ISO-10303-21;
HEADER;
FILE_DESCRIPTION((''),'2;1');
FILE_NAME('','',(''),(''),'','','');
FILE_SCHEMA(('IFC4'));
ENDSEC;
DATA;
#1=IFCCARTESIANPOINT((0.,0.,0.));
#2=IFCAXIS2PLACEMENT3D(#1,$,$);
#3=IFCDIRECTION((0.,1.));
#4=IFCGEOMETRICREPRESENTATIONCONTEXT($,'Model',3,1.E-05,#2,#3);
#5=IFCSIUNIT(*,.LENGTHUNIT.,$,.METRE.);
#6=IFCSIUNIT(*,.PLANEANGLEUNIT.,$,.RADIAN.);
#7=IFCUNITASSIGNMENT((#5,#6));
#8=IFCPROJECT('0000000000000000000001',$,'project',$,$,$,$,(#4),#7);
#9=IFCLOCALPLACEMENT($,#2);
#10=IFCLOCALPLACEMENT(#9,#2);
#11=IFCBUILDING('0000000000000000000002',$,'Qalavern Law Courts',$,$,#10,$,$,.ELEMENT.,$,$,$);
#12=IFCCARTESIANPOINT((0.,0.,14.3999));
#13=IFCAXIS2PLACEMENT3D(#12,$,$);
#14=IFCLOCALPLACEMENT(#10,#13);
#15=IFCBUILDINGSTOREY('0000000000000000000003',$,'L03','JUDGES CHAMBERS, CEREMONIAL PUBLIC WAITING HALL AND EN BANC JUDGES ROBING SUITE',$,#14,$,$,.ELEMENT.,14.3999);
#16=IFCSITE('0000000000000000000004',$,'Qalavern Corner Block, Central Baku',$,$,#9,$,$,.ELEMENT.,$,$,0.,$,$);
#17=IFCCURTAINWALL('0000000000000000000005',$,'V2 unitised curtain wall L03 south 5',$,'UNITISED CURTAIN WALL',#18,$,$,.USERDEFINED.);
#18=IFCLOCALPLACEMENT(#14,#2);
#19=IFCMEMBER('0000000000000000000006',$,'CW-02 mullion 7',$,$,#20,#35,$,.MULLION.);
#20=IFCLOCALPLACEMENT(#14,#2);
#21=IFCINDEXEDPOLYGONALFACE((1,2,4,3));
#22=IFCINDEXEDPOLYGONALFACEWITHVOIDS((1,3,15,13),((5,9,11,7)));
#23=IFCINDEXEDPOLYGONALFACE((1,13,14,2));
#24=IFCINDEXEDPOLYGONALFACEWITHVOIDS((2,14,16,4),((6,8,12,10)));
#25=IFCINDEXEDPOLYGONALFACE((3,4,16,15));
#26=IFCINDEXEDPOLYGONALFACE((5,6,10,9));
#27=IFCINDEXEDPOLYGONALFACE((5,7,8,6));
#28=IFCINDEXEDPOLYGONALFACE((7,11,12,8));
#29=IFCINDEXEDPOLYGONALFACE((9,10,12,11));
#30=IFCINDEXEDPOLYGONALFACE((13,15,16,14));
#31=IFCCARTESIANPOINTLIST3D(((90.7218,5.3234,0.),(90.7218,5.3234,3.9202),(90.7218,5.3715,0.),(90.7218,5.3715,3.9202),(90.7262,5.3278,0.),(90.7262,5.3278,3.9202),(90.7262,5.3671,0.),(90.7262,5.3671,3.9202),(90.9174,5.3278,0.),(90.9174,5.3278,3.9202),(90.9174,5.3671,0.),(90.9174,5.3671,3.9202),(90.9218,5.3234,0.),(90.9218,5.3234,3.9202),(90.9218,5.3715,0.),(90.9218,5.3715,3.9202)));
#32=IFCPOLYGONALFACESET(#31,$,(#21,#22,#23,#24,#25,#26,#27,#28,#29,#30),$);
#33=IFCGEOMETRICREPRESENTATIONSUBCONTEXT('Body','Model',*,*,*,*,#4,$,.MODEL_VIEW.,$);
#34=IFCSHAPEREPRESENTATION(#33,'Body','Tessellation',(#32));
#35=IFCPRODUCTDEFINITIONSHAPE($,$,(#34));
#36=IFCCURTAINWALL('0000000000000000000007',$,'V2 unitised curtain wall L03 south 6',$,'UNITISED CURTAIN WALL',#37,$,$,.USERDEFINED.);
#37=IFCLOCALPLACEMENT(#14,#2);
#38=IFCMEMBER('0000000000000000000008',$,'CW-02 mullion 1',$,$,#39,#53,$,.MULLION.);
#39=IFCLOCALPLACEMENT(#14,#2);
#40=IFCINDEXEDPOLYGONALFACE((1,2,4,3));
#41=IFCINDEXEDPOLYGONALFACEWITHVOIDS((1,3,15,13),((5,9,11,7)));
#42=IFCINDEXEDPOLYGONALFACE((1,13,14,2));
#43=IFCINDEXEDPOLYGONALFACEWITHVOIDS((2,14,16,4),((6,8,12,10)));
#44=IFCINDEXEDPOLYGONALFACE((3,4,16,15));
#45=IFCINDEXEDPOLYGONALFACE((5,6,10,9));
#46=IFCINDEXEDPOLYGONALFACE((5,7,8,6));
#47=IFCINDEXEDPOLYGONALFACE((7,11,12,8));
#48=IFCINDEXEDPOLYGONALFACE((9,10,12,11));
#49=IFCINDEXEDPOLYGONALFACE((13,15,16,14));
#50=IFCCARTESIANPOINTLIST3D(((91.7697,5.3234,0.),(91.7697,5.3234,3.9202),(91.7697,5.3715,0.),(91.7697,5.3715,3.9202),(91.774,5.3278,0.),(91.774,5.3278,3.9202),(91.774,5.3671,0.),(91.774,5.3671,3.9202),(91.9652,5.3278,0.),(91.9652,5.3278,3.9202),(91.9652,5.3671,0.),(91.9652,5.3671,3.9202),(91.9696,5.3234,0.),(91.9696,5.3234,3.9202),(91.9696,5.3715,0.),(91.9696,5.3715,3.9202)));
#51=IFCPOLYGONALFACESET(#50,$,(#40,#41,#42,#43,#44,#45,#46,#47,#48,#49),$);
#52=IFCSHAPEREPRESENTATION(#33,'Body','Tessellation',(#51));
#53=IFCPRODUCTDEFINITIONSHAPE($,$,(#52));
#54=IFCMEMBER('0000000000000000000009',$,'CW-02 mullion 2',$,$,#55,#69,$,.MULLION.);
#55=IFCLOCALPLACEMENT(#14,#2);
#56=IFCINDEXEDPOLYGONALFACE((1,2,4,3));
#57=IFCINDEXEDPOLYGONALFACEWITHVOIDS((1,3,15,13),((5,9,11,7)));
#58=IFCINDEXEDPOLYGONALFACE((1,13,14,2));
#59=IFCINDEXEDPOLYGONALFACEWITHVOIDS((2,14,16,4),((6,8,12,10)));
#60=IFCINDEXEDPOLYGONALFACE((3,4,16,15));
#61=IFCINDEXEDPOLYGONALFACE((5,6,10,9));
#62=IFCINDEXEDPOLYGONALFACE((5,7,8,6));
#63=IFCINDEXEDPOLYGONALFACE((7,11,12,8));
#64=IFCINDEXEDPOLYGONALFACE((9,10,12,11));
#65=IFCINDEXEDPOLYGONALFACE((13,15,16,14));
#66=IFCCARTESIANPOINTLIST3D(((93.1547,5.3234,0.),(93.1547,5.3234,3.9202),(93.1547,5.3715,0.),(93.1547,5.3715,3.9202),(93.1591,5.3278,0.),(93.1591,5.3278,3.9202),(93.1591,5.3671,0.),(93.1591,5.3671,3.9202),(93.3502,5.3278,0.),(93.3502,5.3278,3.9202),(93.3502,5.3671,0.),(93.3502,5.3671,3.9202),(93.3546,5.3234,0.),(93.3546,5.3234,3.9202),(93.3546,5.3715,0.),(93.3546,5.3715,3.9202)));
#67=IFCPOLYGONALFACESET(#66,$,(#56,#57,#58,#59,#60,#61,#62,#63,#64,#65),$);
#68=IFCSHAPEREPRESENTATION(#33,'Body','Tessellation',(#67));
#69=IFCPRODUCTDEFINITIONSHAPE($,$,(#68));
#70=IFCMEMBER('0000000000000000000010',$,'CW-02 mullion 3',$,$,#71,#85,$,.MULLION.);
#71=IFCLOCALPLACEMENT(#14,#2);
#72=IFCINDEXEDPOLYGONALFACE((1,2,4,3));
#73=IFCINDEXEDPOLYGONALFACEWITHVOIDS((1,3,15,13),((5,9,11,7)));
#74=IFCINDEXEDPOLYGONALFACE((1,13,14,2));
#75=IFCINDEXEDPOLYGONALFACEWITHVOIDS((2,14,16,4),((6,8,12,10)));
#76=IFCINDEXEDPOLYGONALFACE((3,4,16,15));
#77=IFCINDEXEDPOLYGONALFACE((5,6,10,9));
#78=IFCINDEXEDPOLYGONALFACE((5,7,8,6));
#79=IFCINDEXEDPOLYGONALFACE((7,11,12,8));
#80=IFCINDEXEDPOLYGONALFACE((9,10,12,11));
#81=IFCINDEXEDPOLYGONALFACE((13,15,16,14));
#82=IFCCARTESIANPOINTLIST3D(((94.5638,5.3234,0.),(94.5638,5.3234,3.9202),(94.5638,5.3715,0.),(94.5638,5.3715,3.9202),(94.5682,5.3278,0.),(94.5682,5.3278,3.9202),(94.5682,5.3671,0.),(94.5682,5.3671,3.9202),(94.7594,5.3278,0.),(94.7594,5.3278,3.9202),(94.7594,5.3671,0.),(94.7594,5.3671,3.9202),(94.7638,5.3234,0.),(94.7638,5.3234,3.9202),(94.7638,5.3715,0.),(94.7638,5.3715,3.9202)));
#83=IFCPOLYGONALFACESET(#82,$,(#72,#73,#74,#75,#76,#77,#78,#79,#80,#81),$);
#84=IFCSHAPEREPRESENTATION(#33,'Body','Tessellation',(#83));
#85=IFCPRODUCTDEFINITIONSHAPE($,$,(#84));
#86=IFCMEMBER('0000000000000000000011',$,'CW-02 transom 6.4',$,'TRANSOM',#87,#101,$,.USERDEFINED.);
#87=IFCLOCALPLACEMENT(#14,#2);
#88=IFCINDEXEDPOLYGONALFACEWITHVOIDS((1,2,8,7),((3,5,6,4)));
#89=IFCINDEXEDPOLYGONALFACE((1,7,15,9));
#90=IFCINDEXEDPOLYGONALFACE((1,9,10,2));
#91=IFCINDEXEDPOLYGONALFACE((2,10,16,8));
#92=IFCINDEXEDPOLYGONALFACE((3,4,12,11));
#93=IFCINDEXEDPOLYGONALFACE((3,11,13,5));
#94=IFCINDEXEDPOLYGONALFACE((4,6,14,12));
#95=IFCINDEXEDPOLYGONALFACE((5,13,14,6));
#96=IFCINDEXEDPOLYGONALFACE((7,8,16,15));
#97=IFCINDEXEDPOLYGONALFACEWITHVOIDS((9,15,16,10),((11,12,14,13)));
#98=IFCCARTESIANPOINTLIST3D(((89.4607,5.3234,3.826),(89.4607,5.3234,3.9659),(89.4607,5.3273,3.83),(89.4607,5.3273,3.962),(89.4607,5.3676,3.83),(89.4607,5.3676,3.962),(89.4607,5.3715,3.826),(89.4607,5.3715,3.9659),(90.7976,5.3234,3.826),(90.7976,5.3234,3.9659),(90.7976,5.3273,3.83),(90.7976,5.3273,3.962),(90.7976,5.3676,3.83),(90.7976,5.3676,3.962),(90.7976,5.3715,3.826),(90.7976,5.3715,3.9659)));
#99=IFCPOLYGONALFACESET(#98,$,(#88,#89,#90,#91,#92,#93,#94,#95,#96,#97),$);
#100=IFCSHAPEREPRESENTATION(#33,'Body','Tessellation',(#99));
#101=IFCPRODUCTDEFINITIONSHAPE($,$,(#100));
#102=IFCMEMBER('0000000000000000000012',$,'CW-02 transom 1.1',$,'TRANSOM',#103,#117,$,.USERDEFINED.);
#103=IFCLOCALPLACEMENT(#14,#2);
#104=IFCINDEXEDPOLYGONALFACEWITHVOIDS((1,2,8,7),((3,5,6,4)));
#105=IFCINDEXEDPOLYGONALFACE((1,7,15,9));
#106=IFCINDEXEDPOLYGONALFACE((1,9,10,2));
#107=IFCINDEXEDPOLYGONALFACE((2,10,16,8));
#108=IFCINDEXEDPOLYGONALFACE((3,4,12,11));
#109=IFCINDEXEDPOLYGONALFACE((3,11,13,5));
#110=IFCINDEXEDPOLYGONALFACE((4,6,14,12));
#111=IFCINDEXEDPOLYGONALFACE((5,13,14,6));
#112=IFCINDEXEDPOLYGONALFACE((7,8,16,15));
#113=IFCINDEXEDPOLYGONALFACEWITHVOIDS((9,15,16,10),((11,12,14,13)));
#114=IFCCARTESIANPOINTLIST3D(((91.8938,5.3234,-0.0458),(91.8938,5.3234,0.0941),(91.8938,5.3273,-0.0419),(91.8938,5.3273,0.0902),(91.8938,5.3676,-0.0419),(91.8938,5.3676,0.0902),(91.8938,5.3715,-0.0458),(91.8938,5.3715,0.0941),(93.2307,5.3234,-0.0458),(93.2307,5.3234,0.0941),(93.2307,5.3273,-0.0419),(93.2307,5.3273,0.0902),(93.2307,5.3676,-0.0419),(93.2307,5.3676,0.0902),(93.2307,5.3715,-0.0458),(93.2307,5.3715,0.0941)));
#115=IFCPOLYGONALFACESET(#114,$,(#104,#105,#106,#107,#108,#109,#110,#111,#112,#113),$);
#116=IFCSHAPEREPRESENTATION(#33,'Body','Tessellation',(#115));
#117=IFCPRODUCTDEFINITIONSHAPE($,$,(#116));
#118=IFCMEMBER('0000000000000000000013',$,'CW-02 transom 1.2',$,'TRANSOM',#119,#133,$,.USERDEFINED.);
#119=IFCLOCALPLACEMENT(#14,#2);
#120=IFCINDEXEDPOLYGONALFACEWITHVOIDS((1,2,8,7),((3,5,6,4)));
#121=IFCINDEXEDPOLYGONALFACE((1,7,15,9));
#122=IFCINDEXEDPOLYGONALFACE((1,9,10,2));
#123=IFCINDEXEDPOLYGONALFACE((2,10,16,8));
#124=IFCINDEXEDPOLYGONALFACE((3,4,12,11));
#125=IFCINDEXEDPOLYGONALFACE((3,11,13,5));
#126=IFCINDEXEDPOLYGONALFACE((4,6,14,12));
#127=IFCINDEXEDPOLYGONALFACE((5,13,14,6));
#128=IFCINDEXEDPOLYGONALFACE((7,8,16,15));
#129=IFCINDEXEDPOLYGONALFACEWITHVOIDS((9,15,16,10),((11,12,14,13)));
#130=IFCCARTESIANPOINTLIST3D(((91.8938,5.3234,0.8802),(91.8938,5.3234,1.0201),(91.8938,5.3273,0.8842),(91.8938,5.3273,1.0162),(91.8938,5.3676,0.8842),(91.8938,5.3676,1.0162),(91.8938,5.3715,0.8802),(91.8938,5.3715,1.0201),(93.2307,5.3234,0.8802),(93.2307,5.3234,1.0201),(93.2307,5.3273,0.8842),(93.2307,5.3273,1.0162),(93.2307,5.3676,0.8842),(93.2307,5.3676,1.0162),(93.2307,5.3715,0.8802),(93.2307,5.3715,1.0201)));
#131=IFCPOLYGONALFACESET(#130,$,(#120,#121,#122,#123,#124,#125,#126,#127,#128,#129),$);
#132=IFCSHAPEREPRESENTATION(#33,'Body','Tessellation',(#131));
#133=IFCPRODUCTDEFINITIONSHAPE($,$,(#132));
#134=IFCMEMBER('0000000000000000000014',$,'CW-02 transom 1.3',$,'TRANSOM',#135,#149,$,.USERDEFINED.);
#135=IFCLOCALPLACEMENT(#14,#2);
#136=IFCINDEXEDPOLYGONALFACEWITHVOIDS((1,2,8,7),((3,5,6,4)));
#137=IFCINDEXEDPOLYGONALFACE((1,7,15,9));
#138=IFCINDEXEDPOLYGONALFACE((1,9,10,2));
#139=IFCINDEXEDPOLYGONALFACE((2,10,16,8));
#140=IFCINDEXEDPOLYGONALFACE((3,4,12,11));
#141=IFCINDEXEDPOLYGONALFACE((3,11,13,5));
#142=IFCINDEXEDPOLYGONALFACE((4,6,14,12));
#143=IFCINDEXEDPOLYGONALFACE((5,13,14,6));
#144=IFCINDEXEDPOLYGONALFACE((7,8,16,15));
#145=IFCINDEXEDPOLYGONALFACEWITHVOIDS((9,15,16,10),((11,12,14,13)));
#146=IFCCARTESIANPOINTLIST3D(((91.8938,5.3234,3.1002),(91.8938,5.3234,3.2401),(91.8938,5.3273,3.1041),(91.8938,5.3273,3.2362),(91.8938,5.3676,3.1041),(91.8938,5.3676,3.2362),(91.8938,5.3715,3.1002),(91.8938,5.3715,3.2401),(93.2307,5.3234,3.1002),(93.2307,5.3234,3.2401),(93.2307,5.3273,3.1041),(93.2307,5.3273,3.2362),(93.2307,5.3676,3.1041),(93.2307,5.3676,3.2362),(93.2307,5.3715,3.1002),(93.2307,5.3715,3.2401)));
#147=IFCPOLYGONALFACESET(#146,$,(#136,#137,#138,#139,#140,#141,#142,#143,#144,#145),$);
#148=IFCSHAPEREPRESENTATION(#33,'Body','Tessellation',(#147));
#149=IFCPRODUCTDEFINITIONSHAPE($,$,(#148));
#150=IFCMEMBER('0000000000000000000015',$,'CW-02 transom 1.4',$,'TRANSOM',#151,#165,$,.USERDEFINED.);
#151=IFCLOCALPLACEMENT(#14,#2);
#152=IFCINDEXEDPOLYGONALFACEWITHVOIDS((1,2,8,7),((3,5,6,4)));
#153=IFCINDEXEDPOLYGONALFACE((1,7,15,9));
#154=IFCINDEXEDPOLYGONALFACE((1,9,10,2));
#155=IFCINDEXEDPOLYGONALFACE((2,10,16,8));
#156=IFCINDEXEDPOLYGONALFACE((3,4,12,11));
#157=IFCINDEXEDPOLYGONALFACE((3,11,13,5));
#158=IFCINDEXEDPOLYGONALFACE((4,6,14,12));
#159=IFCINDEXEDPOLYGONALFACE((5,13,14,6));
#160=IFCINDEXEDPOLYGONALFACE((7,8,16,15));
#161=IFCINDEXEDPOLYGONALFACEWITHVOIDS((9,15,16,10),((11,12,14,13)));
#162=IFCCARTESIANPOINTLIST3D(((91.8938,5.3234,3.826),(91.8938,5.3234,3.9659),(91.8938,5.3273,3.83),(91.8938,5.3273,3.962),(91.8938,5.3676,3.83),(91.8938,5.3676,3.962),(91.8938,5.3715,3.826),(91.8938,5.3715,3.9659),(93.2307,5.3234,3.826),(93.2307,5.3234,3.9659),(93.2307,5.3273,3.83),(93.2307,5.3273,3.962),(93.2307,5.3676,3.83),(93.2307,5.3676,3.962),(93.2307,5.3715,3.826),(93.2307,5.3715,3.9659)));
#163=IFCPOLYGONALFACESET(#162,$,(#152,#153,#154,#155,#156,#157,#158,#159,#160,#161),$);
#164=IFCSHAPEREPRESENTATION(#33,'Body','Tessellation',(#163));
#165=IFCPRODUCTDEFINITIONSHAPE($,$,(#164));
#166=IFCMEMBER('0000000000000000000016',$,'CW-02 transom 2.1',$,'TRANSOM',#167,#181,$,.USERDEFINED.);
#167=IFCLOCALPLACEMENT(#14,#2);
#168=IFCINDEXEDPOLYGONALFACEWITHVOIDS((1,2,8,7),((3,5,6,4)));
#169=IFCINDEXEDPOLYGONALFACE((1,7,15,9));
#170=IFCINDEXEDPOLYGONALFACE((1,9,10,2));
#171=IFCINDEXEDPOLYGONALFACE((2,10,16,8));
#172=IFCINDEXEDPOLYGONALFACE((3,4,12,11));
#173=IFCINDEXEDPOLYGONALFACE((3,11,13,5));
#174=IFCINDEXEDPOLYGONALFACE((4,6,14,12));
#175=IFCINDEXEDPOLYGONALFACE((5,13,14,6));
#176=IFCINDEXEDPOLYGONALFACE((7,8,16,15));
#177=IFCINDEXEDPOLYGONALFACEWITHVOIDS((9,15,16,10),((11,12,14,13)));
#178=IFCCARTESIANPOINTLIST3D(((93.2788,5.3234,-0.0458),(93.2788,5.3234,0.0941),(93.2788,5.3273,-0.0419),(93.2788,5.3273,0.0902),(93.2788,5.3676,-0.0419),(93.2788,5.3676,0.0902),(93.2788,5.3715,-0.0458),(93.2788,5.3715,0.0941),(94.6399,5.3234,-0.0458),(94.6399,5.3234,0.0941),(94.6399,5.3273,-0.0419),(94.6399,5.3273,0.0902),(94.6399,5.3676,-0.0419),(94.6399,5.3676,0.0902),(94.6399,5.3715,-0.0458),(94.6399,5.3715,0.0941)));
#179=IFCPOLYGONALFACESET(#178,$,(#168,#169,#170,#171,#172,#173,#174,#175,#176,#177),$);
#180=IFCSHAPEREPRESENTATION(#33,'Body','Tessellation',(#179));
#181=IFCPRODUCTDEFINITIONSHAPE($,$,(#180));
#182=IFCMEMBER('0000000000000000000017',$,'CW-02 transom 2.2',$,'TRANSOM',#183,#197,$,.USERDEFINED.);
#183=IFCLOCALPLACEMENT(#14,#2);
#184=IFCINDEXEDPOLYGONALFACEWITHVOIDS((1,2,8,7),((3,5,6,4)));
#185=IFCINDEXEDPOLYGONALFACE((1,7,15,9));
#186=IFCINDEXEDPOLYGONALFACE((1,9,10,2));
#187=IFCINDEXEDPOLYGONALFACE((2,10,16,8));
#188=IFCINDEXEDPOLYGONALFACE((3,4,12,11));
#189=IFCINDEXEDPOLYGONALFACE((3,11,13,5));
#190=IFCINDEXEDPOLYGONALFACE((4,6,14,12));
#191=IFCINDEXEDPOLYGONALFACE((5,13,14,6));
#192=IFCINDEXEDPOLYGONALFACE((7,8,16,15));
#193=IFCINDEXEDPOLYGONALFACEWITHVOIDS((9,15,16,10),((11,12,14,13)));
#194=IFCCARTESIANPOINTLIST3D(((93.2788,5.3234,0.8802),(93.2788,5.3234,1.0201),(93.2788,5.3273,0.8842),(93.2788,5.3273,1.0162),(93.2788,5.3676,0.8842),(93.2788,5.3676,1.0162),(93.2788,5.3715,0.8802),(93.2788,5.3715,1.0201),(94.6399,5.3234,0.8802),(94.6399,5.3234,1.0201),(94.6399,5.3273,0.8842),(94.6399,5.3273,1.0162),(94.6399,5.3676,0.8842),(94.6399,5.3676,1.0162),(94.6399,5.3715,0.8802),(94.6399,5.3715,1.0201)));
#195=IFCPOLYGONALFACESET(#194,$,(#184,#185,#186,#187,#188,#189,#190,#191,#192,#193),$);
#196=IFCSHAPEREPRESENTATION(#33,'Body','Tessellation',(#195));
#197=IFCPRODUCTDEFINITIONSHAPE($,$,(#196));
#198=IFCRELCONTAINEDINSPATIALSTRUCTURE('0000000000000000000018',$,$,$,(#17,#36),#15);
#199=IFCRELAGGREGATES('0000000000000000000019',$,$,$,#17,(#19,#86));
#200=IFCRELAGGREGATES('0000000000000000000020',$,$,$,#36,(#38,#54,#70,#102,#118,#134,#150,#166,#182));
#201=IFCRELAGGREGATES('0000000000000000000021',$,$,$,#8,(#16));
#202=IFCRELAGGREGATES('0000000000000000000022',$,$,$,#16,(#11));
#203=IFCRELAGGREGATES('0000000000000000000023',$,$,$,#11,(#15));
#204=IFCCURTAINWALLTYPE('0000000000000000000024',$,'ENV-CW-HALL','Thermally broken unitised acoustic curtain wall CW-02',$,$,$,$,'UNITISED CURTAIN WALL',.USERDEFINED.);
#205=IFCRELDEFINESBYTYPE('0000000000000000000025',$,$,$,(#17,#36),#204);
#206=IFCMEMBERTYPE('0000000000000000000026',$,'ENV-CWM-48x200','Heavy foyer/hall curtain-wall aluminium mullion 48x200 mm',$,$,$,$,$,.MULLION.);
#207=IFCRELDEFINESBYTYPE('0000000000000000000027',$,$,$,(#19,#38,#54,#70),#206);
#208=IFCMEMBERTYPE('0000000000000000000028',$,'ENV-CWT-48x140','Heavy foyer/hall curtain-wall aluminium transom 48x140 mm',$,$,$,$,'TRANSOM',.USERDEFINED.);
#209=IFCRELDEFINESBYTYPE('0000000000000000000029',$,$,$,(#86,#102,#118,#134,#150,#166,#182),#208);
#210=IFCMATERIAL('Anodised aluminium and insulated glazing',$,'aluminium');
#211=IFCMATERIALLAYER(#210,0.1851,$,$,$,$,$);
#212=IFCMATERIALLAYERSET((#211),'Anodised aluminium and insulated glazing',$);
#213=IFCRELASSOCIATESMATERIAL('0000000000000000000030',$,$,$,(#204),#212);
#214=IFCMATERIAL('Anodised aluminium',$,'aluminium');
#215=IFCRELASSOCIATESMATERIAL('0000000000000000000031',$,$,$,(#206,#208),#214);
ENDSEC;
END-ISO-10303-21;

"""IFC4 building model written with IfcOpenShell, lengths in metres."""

from ifc_helpers import new_model, si_unit, direction, frame, origin, origin_2d, place, context, subcontext, project, spatial, hollow_rectangle, extrude, material, layer, layer_set, material_profile, profile_set, type_object, element, aggregate, save


model = new_model("IFC4")

# Units and contexts
model_context = context("Model", 3, precision=1e-05, world=origin(), true_north=direction((0.0, 1.0)))
body_context = subcontext(model_context, "Body", "Model", "MODEL_VIEW")
ifc_project = project(units=[si_unit("LENGTHUNIT", "METRE"), si_unit("PLANEANGLEUNIT", "RADIAN")], contexts=[model_context])

# Site, building, storey
site_placement = place(None, origin())
site = spatial("IfcSite", under=ifc_project, at=site_placement, Name="Qalavern Corner Block, Central Baku", CompositionType="ELEMENT", RefElevation=0.0)
building_placement = place(site_placement, origin())
building = spatial("IfcBuilding", under=site, at=building_placement, Name="Qalavern Law Courts", CompositionType="ELEMENT")
storey_placement = place(building_placement, frame((0.0, 0.0, 14.3999)))
storey = spatial("IfcBuildingStorey", under=building, at=storey_placement, Name="L03", Description="JUDGES CHAMBERS, CEREMONIAL PUBLIC WAITING HALL AND EN BANC JUDGES ROBING SUITE", CompositionType="ELEMENT", Elevation=14.3999)

# Curtain wall, member
ifc_material_1 = material(Name="Anodised aluminium and insulated glazing", Category="aluminium")
ifc_layer_1 = layer(ifc_material_1, 0.1851)
ifc_layer_set_1 = layer_set([ifc_layer_1], Name="Anodised aluminium and insulated glazing")
curtain_wall_type = type_object("IfcCurtainWallType", Name="ENV-CW-HALL", Description="Thermally broken unitised acoustic curtain wall CW-02", ElementType="UNITISED CURTAIN WALL", PredefinedType="USERDEFINED", material=ifc_layer_set_1)
curtain_wall_1_placement = place(storey_placement, origin())
curtain_wall_1 = element("IfcCurtainWall", 1, at=curtain_wall_1_placement, inside=storey, type_object=curtain_wall_type, Name="V2 unitised curtain wall L03 south 5", ObjectType="UNITISED CURTAIN WALL", PredefinedType="USERDEFINED")
ifc_material_2 = material(Name="Anodised aluminium", Category="aluminium")
ifc_material_profile_1 = material_profile(ifc_material_2, hollow_rectangle(XDim=0.0481, YDim=0.2, WallThickness=0.0044, at=origin_2d()), Name="ALU MULLION 48x200")
ifc_profile_set_1 = profile_set([ifc_material_profile_1], Name="Anodised aluminium")
member_type_1 = type_object("IfcMemberType", Name="ENV-CWM-48x200", Description="Heavy foyer/hall curtain-wall aluminium mullion 48x200 mm", PredefinedType="MULLION", material=ifc_profile_set_1)
member_1_placement = place(storey_placement, frame((90.8218, 5.3474, 0.0), z_axis=(0.0, 0.0, 1.0), x_axis=(0.0, 1.0, 0.0)))
member_1 = element("IfcMember", 2, at=member_1_placement, type_object=member_type_1, Name="CW-02 mullion 7", PredefinedType="MULLION", context=body_context, shape_type="SweptSolid", body=[
    extrude(hollow_rectangle(XDim=0.0481, YDim=0.2, WallThickness=0.0044, at=origin_2d()), origin(), (0.0, 0.0, 1.0), 3.9202),
])

# Curtain wall, members
curtain_wall_2_placement = place(storey_placement, origin())
curtain_wall_2 = element("IfcCurtainWall", 3, at=curtain_wall_2_placement, inside=storey, type_object=curtain_wall_type, Name="V2 unitised curtain wall L03 south 6", ObjectType="UNITISED CURTAIN WALL", PredefinedType="USERDEFINED")
member_2_placement = place(storey_placement, frame((91.8696, 5.3474, 0.0), z_axis=(0.0, 0.0, 1.0), x_axis=(0.0, 1.0, 0.0)))
member_2 = element("IfcMember", 4, at=member_2_placement, type_object=member_type_1, Name="CW-02 mullion 1", PredefinedType="MULLION", context=body_context, shape_type="SweptSolid", body=[
    extrude(hollow_rectangle(XDim=0.0481, YDim=0.2, WallThickness=0.0044, at=origin_2d()), origin(), (0.0, 0.0, 1.0), 3.9202),
])
member_3_placement = place(storey_placement, frame((93.2546, 5.3474, 0.0), z_axis=(0.0, 0.0, 1.0), x_axis=(0.0, 1.0, 0.0)))
member_3 = element("IfcMember", 5, at=member_3_placement, type_object=member_type_1, Name="CW-02 mullion 2", PredefinedType="MULLION", context=body_context, shape_type="SweptSolid", body=[
    extrude(hollow_rectangle(XDim=0.0481, YDim=0.2, WallThickness=0.0044, at=origin_2d()), origin(), (0.0, 0.0, 1.0), 3.9202),
])
member_4_placement = place(storey_placement, frame((94.6638, 5.3474, 0.0), z_axis=(0.0, 0.0, 1.0), x_axis=(0.0, 1.0, 0.0)))
member_4 = element("IfcMember", 6, at=member_4_placement, type_object=member_type_1, Name="CW-02 mullion 3", PredefinedType="MULLION", context=body_context, shape_type="SweptSolid", body=[
    extrude(hollow_rectangle(XDim=0.0481, YDim=0.2, WallThickness=0.0044, at=origin_2d()), origin(), (0.0, 0.0, 1.0), 3.9202),
])

# Members
ifc_material_profile_2 = material_profile(ifc_material_2, hollow_rectangle(XDim=0.0481, YDim=0.1399, WallThickness=0.0039, at=origin_2d()), Name="ALU TRANSOM 48x140")
ifc_profile_set_2 = profile_set([ifc_material_profile_2], Name="Anodised aluminium")
member_type_2 = type_object("IfcMemberType", Name="ENV-CWT-48x140", Description="Heavy foyer/hall curtain-wall aluminium transom 48x140 mm", ElementType="TRANSOM", PredefinedType="USERDEFINED", material=ifc_profile_set_2)
member_5_placement = place(storey_placement, frame((89.4607, 5.3474, 3.896), z_axis=(1.0, 0.0, 0.0), x_axis=(0.0, 1.0, 0.0)))
member_5 = element("IfcMember", 7, at=member_5_placement, type_object=member_type_2, Name="CW-02 transom 6.4", ObjectType="TRANSOM", PredefinedType="USERDEFINED", context=body_context, shape_type="SweptSolid", body=[
    extrude(hollow_rectangle(XDim=0.0481, YDim=0.1399, WallThickness=0.0039, at=origin_2d()), origin(), (0.0, 0.0, 1.0), 1.3369),
])
member_6_placement = place(storey_placement, frame((91.8938, 5.3474, 0.0242), z_axis=(1.0, 0.0, 0.0), x_axis=(0.0, 1.0, 0.0)))
member_6 = element("IfcMember", 8, at=member_6_placement, type_object=member_type_2, Name="CW-02 transom 1.1", ObjectType="TRANSOM", PredefinedType="USERDEFINED", context=body_context, shape_type="SweptSolid", body=[
    extrude(hollow_rectangle(XDim=0.0481, YDim=0.1399, WallThickness=0.0039, at=origin_2d()), origin(), (0.0, 0.0, 1.0), 1.3369),
])
member_7_placement = place(storey_placement, frame((91.8938, 5.3474, 0.9502), z_axis=(1.0, 0.0, 0.0), x_axis=(0.0, 1.0, 0.0)))
member_7 = element("IfcMember", 9, at=member_7_placement, type_object=member_type_2, Name="CW-02 transom 1.2", ObjectType="TRANSOM", PredefinedType="USERDEFINED", context=body_context, shape_type="SweptSolid", body=[
    extrude(hollow_rectangle(XDim=0.0481, YDim=0.1399, WallThickness=0.0039, at=origin_2d()), origin(), (0.0, 0.0, 1.0), 1.3369),
])
member_8_placement = place(storey_placement, frame((91.8938, 5.3474, 3.1702), z_axis=(1.0, 0.0, 0.0), x_axis=(0.0, 1.0, 0.0)))
member_8 = element("IfcMember", 10, at=member_8_placement, type_object=member_type_2, Name="CW-02 transom 1.3", ObjectType="TRANSOM", PredefinedType="USERDEFINED", context=body_context, shape_type="SweptSolid", body=[
    extrude(hollow_rectangle(XDim=0.0481, YDim=0.1399, WallThickness=0.0039, at=origin_2d()), origin(), (0.0, 0.0, 1.0), 1.3369),
])
member_9_placement = place(storey_placement, frame((91.8938, 5.3474, 3.896), z_axis=(1.0, 0.0, 0.0), x_axis=(0.0, 1.0, 0.0)))
member_9 = element("IfcMember", 11, at=member_9_placement, type_object=member_type_2, Name="CW-02 transom 1.4", ObjectType="TRANSOM", PredefinedType="USERDEFINED", context=body_context, shape_type="SweptSolid", body=[
    extrude(hollow_rectangle(XDim=0.0481, YDim=0.1399, WallThickness=0.0039, at=origin_2d()), origin(), (0.0, 0.0, 1.0), 1.3369),
])
member_10_placement = place(storey_placement, frame((93.2788, 5.3474, 0.0242), z_axis=(1.0, 0.0, 0.0), x_axis=(0.0, 1.0, 0.0)))
member_10 = element("IfcMember", 12, at=member_10_placement, type_object=member_type_2, Name="CW-02 transom 2.1", ObjectType="TRANSOM", PredefinedType="USERDEFINED", context=body_context, shape_type="SweptSolid", body=[
    extrude(hollow_rectangle(XDim=0.0481, YDim=0.1399, WallThickness=0.0039, at=origin_2d()), origin(), (0.0, 0.0, 1.0), 1.3611),
])
member_11_placement = place(storey_placement, frame((93.2788, 5.3474, 0.9502), z_axis=(1.0, 0.0, 0.0), x_axis=(0.0, 1.0, 0.0)))
member_11 = element("IfcMember", 13, at=member_11_placement, type_object=member_type_2, Name="CW-02 transom 2.2", ObjectType="TRANSOM", PredefinedType="USERDEFINED", context=body_context, shape_type="SweptSolid", body=[
    extrude(hollow_rectangle(XDim=0.0481, YDim=0.1399, WallThickness=0.0039, at=origin_2d()), origin(), (0.0, 0.0, 1.0), 1.3611),
])

aggregate(curtain_wall_1, [member_1, member_5])
aggregate(curtain_wall_2, [member_2, member_3, member_4, member_6, member_7, member_8, member_9, member_10, member_11])

save(model, "model.ifc")
